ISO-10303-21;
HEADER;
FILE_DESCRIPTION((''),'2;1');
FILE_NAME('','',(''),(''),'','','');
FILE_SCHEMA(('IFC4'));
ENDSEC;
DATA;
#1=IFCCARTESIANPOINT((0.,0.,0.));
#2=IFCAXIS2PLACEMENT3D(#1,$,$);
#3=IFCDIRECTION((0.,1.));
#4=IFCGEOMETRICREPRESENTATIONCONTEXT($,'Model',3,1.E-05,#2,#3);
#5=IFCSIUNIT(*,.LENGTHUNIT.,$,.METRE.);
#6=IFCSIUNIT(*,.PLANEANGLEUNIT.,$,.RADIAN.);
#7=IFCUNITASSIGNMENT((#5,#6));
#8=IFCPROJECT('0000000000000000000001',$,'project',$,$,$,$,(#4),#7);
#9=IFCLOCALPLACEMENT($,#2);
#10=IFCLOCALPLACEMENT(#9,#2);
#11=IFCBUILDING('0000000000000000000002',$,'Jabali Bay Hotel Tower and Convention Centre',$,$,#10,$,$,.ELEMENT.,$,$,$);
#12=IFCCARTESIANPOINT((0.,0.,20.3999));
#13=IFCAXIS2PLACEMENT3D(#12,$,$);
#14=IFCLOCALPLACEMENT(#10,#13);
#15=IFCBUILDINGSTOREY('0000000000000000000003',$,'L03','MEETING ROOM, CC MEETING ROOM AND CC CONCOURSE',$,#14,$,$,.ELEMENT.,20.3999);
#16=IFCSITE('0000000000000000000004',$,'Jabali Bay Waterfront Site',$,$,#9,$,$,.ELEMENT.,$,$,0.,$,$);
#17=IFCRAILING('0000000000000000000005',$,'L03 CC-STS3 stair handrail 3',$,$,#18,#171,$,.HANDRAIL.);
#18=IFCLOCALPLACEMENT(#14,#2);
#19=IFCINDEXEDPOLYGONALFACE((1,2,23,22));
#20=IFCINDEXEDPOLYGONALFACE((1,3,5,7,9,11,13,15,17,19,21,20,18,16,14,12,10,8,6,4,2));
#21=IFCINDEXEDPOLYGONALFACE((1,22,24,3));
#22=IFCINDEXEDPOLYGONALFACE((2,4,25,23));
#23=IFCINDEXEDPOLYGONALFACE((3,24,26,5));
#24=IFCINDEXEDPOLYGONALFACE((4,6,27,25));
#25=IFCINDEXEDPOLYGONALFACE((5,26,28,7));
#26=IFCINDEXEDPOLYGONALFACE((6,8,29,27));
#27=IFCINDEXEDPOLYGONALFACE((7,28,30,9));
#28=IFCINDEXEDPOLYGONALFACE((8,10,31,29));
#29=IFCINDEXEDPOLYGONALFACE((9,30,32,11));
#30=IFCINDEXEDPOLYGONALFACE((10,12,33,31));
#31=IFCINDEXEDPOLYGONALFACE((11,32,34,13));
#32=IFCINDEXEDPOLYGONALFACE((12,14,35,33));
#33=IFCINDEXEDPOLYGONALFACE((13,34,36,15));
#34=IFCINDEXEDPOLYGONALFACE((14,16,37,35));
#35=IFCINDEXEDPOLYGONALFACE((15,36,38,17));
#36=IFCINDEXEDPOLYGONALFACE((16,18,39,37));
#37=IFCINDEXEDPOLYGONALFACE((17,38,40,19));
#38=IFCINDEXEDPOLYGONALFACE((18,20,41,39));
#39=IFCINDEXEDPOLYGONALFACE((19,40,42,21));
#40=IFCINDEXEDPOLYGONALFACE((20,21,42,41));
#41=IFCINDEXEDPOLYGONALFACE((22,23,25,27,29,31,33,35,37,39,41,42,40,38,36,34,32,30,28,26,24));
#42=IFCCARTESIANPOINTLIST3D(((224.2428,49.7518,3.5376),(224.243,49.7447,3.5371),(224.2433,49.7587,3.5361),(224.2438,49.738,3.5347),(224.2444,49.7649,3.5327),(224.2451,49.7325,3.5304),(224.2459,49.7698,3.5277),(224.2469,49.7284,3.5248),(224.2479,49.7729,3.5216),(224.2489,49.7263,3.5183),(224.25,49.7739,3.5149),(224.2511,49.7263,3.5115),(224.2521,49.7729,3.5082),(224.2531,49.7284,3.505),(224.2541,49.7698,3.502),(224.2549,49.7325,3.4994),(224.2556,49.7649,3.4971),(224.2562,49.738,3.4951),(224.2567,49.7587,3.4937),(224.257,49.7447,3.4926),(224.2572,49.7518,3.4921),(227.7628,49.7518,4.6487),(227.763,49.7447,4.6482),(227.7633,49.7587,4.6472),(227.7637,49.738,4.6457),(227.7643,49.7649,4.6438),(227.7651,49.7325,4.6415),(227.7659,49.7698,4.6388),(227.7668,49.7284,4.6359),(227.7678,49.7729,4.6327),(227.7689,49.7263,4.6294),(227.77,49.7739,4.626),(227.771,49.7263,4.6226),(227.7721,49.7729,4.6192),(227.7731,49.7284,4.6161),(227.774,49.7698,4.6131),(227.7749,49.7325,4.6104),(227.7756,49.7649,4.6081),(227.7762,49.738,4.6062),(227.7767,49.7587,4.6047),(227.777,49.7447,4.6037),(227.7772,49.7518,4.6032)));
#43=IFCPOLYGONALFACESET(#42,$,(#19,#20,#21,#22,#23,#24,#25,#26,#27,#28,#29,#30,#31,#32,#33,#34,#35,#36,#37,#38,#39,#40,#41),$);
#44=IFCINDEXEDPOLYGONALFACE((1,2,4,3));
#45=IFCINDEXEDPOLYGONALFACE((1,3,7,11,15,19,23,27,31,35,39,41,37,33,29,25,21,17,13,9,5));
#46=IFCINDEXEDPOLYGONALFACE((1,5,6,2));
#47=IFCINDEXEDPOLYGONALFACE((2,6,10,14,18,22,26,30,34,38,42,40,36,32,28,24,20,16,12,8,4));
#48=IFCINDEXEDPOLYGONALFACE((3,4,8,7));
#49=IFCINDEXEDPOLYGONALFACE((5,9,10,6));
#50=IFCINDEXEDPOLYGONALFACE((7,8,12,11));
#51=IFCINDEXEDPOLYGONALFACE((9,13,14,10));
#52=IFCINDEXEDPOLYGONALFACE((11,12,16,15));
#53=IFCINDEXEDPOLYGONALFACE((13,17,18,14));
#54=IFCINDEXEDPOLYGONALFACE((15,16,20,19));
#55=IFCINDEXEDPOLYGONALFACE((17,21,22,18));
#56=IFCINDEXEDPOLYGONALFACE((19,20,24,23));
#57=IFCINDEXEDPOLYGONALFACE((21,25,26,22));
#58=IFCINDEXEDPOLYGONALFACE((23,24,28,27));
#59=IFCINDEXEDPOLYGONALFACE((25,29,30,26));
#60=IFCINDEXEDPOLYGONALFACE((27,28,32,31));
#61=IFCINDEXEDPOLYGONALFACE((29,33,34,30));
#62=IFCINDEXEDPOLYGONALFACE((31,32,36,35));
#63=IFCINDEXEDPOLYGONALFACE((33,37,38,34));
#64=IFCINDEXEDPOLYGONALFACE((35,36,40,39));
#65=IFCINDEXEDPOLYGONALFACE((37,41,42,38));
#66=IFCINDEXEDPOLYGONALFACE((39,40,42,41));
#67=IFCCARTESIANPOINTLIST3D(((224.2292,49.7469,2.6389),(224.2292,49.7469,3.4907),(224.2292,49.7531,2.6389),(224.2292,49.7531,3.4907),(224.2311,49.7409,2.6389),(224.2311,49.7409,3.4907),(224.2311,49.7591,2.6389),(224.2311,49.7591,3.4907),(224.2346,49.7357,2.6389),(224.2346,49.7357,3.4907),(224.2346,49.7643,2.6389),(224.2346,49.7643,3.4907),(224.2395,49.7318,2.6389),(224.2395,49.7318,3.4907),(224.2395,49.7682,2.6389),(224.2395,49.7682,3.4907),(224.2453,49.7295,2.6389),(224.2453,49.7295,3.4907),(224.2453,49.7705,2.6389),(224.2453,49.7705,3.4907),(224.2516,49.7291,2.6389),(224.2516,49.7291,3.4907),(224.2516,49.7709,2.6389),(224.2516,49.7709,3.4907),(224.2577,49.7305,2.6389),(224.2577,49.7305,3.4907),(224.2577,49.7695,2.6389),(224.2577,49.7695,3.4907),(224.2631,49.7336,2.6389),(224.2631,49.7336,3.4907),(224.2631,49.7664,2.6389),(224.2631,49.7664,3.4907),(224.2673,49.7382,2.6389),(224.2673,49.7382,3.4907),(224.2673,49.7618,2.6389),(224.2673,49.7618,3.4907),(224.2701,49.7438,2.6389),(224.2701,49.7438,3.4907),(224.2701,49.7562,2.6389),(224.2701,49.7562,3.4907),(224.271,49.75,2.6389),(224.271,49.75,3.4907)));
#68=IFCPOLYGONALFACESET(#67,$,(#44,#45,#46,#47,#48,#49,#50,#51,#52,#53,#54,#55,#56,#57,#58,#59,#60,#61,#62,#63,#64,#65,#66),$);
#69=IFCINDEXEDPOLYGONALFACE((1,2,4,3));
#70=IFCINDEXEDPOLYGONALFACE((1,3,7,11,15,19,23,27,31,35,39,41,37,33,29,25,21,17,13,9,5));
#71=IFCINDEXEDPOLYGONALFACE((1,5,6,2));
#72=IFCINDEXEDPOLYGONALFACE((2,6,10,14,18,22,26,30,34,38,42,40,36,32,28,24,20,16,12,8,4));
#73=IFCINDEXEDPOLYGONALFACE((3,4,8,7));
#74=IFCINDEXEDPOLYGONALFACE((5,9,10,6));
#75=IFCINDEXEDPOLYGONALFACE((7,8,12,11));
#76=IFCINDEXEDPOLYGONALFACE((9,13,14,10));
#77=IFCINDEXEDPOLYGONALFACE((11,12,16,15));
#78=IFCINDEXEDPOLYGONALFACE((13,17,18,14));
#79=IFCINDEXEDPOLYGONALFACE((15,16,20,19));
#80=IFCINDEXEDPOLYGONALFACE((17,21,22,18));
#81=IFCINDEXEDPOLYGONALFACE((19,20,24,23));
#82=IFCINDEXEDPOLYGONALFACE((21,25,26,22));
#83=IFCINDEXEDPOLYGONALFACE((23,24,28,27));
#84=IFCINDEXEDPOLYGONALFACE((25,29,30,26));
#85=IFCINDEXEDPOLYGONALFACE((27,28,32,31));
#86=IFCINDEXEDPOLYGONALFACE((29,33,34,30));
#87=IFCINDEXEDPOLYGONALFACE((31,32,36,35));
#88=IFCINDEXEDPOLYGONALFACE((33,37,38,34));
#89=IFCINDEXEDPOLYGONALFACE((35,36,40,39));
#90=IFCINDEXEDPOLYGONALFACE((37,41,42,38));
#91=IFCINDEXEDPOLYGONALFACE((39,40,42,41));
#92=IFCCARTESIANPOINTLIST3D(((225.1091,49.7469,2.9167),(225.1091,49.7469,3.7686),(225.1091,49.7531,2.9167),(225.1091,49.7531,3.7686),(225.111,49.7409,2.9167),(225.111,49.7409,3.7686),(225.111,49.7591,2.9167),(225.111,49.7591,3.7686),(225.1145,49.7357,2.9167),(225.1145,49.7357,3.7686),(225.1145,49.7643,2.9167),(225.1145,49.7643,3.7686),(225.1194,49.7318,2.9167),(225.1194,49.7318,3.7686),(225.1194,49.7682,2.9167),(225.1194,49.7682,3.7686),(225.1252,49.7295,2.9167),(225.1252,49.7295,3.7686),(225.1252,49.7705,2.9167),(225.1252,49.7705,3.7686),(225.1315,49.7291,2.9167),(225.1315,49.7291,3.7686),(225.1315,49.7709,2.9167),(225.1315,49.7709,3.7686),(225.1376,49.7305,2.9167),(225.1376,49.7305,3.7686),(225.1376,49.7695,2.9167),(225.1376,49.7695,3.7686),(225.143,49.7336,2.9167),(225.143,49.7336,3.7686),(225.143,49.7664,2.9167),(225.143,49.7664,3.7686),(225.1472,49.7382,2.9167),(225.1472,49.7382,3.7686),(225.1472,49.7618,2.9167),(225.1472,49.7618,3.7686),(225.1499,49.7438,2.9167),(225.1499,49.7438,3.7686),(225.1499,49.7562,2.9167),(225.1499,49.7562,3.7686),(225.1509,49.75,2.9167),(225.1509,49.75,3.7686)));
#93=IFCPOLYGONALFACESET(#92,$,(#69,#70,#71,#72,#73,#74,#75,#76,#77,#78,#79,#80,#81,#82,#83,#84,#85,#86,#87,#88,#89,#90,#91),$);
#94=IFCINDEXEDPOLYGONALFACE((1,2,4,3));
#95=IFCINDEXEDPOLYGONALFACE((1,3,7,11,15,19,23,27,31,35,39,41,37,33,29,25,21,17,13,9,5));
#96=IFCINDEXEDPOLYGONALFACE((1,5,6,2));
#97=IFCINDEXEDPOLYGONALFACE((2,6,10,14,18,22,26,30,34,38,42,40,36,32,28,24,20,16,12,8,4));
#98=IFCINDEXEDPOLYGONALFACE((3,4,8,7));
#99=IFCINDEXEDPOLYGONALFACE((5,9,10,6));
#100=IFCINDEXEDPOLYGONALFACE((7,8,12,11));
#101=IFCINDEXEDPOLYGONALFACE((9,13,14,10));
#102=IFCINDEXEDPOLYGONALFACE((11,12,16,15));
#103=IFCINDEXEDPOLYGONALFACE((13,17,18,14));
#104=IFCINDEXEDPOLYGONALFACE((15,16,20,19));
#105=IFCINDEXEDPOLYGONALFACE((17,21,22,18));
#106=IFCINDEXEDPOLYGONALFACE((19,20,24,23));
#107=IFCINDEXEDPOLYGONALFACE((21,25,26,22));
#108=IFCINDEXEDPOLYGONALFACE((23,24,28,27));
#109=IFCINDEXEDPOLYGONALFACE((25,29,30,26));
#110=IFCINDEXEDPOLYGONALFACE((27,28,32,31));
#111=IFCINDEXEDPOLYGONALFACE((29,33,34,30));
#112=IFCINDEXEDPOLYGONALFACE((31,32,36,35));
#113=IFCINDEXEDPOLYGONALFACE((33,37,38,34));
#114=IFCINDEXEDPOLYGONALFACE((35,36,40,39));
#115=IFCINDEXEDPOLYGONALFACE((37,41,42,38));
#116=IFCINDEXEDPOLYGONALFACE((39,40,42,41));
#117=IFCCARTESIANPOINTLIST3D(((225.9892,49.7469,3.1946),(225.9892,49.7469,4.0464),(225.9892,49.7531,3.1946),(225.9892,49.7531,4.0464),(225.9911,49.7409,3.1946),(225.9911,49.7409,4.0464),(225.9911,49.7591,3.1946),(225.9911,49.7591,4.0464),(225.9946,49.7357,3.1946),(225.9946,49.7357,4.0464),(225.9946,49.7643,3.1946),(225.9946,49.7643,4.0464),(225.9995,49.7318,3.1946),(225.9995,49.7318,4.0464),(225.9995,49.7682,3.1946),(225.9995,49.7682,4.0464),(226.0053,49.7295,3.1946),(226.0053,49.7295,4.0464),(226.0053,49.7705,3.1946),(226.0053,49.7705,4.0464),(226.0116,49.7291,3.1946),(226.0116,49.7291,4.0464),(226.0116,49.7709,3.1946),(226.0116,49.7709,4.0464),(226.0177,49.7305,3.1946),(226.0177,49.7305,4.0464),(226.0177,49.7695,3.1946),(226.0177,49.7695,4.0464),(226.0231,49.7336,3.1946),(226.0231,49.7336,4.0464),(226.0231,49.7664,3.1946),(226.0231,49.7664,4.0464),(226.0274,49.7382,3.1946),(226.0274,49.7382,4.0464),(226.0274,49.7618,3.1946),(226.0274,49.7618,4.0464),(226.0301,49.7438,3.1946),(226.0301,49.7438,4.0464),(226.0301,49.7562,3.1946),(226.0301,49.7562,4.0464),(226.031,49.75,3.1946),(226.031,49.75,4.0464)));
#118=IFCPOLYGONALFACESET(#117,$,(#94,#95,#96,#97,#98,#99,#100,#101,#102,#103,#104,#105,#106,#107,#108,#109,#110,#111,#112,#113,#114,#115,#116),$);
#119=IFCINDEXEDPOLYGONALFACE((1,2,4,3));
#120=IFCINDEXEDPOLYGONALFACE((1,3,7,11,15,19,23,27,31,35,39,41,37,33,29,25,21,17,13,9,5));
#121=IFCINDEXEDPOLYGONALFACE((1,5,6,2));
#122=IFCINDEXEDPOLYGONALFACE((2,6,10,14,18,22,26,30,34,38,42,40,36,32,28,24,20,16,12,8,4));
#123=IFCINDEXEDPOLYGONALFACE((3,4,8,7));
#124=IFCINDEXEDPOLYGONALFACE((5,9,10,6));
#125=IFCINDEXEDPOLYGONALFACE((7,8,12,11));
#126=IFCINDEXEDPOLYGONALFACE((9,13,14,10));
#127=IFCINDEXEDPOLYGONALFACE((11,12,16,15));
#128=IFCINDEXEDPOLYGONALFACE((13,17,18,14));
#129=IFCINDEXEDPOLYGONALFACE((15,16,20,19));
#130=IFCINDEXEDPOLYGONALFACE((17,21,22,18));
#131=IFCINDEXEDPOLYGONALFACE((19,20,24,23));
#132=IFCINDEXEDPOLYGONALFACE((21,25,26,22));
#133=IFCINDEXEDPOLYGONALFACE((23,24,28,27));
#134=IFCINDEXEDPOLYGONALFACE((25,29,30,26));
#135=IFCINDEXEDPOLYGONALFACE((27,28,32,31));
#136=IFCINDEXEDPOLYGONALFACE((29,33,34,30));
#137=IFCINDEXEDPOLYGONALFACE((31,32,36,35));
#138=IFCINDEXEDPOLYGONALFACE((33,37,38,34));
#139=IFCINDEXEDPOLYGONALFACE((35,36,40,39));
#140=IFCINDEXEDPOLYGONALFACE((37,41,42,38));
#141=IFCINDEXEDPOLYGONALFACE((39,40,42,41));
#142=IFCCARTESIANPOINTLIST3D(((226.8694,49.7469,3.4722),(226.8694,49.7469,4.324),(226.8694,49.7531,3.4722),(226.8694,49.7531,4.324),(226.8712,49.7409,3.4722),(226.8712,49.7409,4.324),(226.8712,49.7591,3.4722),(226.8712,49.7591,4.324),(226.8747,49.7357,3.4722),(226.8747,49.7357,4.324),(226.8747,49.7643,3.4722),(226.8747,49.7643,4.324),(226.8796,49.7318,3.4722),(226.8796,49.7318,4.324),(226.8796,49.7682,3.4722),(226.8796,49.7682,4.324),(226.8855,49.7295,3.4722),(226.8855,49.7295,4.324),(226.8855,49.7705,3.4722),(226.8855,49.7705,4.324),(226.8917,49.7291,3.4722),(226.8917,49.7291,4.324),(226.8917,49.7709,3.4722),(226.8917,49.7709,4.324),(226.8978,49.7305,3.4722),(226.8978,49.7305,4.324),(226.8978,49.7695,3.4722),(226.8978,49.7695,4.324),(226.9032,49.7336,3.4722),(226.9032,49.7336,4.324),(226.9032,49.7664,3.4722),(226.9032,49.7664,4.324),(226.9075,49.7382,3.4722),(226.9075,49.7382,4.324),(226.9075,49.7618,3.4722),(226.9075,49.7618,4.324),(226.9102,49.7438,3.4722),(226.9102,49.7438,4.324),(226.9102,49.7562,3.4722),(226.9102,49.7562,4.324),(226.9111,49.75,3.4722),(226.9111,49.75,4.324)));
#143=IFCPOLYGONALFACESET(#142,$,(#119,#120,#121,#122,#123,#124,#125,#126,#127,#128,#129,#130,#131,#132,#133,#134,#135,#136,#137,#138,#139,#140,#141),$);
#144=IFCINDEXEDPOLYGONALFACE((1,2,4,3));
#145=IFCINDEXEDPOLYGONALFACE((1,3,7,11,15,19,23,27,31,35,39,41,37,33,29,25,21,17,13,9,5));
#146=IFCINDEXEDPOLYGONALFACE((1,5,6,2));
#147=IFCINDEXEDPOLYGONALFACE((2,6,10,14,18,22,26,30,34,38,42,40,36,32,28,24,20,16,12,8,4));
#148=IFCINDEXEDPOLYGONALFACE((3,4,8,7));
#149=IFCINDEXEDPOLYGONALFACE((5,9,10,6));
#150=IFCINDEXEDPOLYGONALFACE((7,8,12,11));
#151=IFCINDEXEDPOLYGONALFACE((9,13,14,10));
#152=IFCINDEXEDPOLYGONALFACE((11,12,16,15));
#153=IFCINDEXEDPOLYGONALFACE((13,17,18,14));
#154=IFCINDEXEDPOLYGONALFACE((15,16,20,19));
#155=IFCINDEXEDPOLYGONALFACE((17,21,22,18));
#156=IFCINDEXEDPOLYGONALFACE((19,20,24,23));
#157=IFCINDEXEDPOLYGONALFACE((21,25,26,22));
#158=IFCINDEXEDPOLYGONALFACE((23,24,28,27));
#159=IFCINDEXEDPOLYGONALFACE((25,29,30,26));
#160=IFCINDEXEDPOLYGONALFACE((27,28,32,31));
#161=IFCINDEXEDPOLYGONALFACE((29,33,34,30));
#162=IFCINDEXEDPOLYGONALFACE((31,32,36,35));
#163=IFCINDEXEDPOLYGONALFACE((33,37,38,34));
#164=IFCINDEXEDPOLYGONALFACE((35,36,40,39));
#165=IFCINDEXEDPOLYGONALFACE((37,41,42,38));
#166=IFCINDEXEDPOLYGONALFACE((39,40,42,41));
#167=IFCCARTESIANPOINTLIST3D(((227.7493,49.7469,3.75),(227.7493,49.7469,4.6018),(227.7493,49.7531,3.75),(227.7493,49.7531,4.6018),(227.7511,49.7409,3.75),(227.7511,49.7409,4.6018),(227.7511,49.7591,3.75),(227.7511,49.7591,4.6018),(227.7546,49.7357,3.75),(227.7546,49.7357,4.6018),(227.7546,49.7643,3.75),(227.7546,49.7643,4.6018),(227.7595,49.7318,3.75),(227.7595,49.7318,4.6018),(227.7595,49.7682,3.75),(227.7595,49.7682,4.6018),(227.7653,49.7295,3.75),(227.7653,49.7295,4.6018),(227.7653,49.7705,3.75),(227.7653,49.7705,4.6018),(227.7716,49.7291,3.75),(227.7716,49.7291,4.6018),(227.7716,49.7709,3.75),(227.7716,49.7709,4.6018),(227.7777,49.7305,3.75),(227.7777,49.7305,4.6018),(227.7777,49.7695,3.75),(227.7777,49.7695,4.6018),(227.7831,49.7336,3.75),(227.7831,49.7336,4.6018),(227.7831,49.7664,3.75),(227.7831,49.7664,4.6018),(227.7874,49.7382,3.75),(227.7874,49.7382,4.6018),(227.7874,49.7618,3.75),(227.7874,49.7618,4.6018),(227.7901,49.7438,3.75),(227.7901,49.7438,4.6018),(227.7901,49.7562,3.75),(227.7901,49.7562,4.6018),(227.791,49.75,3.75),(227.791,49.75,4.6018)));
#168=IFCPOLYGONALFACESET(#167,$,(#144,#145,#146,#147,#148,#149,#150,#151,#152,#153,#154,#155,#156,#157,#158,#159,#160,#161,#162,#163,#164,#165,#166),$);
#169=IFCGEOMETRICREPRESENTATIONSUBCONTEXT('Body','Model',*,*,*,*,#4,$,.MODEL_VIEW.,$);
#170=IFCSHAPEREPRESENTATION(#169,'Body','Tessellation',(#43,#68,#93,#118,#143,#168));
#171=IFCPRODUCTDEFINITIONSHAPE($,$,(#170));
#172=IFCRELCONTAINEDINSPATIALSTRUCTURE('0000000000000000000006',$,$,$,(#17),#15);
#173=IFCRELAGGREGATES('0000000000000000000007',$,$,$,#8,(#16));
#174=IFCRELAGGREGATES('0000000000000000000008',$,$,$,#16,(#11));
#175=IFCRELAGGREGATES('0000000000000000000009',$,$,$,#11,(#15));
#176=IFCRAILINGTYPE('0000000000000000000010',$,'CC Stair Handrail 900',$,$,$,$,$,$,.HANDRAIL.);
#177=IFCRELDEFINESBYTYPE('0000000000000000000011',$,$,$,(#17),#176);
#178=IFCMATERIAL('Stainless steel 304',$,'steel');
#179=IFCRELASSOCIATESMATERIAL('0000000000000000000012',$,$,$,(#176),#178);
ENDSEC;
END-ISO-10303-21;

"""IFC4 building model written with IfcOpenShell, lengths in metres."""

from ifc_helpers import new_model, si_unit, direction, frame, origin, origin_2d, place, context, subcontext, project, spatial, circle, extrude, material, type_object, element, save


model = new_model("IFC4")

# Units and contexts
model_context = context("Model", 3, precision=1e-05, world=origin(), true_north=direction((0.0, 1.0)))
body_context = subcontext(model_context, "Body", "Model", "MODEL_VIEW")
ifc_project = project(units=[si_unit("LENGTHUNIT", "METRE"), si_unit("PLANEANGLEUNIT", "RADIAN")], contexts=[model_context])

# Site, building, storey
site_placement = place(None, origin())
site = spatial("IfcSite", under=ifc_project, at=site_placement, Name="Jabali Bay Waterfront Site", CompositionType="ELEMENT", RefElevation=0.0)
building_placement = place(site_placement, origin())
building = spatial("IfcBuilding", under=site, at=building_placement, Name="Jabali Bay Hotel Tower and Convention Centre", CompositionType="ELEMENT")
storey_placement = place(building_placement, frame((0.0, 0.0, 20.3999)))
storey = spatial("IfcBuildingStorey", under=building, at=storey_placement, Name="L03", Description="MEETING ROOM, CC MEETING ROOM AND CC CONCOURSE", CompositionType="ELEMENT", Elevation=20.3999)

# Railing
ifc_material_1 = material(Name="Stainless steel 304", Category="steel")
railing_type_1 = type_object("IfcRailingType", Name="CC Stair Handrail 900", PredefinedType="HANDRAIL", material=ifc_material_1)
for number, where, name in (
    (1, (224.25, 49.75, 2.6389), "L03 CC-STS3 stair handrail 3"),
):
    element("IfcRailing", number, at=place(storey_placement, frame(where)), inside=storey, type_object=railing_type_1, Name=name, PredefinedType="HANDRAIL", context=body_context, shape_type="SweptSolid", body=[
        extrude(circle(Radius=0.0239, at=origin_2d()), frame((0.0, 0.0, 0.876), z_axis=(0.953622, 0.0, 0.301008), x_axis=(0.0, 1.0, 0.0)), (0.0, 0.0, 1.0), 3.6912),
        extrude(circle(Radius=0.021, at=origin_2d()), origin(), (0.0, 0.0, 1.0), 0.8518),
        extrude(circle(Radius=0.021, at=origin_2d()), frame((0.8799, 0.0, 0.2778)), (0.0, 0.0, 1.0), 0.8518),
        extrude(circle(Radius=0.021, at=origin_2d()), frame((1.76, 0.0, 0.5557)), (0.0, 0.0, 1.0), 0.8518),
        extrude(circle(Radius=0.021, at=origin_2d()), frame((2.6401, 0.0, 0.8333)), (0.0, 0.0, 1.0), 0.8518),
        extrude(circle(Radius=0.021, at=origin_2d()), frame((3.52, 0.0, 1.1111)), (0.0, 0.0, 1.0), 0.8518),
    ])

save(model, "model.ifc")
